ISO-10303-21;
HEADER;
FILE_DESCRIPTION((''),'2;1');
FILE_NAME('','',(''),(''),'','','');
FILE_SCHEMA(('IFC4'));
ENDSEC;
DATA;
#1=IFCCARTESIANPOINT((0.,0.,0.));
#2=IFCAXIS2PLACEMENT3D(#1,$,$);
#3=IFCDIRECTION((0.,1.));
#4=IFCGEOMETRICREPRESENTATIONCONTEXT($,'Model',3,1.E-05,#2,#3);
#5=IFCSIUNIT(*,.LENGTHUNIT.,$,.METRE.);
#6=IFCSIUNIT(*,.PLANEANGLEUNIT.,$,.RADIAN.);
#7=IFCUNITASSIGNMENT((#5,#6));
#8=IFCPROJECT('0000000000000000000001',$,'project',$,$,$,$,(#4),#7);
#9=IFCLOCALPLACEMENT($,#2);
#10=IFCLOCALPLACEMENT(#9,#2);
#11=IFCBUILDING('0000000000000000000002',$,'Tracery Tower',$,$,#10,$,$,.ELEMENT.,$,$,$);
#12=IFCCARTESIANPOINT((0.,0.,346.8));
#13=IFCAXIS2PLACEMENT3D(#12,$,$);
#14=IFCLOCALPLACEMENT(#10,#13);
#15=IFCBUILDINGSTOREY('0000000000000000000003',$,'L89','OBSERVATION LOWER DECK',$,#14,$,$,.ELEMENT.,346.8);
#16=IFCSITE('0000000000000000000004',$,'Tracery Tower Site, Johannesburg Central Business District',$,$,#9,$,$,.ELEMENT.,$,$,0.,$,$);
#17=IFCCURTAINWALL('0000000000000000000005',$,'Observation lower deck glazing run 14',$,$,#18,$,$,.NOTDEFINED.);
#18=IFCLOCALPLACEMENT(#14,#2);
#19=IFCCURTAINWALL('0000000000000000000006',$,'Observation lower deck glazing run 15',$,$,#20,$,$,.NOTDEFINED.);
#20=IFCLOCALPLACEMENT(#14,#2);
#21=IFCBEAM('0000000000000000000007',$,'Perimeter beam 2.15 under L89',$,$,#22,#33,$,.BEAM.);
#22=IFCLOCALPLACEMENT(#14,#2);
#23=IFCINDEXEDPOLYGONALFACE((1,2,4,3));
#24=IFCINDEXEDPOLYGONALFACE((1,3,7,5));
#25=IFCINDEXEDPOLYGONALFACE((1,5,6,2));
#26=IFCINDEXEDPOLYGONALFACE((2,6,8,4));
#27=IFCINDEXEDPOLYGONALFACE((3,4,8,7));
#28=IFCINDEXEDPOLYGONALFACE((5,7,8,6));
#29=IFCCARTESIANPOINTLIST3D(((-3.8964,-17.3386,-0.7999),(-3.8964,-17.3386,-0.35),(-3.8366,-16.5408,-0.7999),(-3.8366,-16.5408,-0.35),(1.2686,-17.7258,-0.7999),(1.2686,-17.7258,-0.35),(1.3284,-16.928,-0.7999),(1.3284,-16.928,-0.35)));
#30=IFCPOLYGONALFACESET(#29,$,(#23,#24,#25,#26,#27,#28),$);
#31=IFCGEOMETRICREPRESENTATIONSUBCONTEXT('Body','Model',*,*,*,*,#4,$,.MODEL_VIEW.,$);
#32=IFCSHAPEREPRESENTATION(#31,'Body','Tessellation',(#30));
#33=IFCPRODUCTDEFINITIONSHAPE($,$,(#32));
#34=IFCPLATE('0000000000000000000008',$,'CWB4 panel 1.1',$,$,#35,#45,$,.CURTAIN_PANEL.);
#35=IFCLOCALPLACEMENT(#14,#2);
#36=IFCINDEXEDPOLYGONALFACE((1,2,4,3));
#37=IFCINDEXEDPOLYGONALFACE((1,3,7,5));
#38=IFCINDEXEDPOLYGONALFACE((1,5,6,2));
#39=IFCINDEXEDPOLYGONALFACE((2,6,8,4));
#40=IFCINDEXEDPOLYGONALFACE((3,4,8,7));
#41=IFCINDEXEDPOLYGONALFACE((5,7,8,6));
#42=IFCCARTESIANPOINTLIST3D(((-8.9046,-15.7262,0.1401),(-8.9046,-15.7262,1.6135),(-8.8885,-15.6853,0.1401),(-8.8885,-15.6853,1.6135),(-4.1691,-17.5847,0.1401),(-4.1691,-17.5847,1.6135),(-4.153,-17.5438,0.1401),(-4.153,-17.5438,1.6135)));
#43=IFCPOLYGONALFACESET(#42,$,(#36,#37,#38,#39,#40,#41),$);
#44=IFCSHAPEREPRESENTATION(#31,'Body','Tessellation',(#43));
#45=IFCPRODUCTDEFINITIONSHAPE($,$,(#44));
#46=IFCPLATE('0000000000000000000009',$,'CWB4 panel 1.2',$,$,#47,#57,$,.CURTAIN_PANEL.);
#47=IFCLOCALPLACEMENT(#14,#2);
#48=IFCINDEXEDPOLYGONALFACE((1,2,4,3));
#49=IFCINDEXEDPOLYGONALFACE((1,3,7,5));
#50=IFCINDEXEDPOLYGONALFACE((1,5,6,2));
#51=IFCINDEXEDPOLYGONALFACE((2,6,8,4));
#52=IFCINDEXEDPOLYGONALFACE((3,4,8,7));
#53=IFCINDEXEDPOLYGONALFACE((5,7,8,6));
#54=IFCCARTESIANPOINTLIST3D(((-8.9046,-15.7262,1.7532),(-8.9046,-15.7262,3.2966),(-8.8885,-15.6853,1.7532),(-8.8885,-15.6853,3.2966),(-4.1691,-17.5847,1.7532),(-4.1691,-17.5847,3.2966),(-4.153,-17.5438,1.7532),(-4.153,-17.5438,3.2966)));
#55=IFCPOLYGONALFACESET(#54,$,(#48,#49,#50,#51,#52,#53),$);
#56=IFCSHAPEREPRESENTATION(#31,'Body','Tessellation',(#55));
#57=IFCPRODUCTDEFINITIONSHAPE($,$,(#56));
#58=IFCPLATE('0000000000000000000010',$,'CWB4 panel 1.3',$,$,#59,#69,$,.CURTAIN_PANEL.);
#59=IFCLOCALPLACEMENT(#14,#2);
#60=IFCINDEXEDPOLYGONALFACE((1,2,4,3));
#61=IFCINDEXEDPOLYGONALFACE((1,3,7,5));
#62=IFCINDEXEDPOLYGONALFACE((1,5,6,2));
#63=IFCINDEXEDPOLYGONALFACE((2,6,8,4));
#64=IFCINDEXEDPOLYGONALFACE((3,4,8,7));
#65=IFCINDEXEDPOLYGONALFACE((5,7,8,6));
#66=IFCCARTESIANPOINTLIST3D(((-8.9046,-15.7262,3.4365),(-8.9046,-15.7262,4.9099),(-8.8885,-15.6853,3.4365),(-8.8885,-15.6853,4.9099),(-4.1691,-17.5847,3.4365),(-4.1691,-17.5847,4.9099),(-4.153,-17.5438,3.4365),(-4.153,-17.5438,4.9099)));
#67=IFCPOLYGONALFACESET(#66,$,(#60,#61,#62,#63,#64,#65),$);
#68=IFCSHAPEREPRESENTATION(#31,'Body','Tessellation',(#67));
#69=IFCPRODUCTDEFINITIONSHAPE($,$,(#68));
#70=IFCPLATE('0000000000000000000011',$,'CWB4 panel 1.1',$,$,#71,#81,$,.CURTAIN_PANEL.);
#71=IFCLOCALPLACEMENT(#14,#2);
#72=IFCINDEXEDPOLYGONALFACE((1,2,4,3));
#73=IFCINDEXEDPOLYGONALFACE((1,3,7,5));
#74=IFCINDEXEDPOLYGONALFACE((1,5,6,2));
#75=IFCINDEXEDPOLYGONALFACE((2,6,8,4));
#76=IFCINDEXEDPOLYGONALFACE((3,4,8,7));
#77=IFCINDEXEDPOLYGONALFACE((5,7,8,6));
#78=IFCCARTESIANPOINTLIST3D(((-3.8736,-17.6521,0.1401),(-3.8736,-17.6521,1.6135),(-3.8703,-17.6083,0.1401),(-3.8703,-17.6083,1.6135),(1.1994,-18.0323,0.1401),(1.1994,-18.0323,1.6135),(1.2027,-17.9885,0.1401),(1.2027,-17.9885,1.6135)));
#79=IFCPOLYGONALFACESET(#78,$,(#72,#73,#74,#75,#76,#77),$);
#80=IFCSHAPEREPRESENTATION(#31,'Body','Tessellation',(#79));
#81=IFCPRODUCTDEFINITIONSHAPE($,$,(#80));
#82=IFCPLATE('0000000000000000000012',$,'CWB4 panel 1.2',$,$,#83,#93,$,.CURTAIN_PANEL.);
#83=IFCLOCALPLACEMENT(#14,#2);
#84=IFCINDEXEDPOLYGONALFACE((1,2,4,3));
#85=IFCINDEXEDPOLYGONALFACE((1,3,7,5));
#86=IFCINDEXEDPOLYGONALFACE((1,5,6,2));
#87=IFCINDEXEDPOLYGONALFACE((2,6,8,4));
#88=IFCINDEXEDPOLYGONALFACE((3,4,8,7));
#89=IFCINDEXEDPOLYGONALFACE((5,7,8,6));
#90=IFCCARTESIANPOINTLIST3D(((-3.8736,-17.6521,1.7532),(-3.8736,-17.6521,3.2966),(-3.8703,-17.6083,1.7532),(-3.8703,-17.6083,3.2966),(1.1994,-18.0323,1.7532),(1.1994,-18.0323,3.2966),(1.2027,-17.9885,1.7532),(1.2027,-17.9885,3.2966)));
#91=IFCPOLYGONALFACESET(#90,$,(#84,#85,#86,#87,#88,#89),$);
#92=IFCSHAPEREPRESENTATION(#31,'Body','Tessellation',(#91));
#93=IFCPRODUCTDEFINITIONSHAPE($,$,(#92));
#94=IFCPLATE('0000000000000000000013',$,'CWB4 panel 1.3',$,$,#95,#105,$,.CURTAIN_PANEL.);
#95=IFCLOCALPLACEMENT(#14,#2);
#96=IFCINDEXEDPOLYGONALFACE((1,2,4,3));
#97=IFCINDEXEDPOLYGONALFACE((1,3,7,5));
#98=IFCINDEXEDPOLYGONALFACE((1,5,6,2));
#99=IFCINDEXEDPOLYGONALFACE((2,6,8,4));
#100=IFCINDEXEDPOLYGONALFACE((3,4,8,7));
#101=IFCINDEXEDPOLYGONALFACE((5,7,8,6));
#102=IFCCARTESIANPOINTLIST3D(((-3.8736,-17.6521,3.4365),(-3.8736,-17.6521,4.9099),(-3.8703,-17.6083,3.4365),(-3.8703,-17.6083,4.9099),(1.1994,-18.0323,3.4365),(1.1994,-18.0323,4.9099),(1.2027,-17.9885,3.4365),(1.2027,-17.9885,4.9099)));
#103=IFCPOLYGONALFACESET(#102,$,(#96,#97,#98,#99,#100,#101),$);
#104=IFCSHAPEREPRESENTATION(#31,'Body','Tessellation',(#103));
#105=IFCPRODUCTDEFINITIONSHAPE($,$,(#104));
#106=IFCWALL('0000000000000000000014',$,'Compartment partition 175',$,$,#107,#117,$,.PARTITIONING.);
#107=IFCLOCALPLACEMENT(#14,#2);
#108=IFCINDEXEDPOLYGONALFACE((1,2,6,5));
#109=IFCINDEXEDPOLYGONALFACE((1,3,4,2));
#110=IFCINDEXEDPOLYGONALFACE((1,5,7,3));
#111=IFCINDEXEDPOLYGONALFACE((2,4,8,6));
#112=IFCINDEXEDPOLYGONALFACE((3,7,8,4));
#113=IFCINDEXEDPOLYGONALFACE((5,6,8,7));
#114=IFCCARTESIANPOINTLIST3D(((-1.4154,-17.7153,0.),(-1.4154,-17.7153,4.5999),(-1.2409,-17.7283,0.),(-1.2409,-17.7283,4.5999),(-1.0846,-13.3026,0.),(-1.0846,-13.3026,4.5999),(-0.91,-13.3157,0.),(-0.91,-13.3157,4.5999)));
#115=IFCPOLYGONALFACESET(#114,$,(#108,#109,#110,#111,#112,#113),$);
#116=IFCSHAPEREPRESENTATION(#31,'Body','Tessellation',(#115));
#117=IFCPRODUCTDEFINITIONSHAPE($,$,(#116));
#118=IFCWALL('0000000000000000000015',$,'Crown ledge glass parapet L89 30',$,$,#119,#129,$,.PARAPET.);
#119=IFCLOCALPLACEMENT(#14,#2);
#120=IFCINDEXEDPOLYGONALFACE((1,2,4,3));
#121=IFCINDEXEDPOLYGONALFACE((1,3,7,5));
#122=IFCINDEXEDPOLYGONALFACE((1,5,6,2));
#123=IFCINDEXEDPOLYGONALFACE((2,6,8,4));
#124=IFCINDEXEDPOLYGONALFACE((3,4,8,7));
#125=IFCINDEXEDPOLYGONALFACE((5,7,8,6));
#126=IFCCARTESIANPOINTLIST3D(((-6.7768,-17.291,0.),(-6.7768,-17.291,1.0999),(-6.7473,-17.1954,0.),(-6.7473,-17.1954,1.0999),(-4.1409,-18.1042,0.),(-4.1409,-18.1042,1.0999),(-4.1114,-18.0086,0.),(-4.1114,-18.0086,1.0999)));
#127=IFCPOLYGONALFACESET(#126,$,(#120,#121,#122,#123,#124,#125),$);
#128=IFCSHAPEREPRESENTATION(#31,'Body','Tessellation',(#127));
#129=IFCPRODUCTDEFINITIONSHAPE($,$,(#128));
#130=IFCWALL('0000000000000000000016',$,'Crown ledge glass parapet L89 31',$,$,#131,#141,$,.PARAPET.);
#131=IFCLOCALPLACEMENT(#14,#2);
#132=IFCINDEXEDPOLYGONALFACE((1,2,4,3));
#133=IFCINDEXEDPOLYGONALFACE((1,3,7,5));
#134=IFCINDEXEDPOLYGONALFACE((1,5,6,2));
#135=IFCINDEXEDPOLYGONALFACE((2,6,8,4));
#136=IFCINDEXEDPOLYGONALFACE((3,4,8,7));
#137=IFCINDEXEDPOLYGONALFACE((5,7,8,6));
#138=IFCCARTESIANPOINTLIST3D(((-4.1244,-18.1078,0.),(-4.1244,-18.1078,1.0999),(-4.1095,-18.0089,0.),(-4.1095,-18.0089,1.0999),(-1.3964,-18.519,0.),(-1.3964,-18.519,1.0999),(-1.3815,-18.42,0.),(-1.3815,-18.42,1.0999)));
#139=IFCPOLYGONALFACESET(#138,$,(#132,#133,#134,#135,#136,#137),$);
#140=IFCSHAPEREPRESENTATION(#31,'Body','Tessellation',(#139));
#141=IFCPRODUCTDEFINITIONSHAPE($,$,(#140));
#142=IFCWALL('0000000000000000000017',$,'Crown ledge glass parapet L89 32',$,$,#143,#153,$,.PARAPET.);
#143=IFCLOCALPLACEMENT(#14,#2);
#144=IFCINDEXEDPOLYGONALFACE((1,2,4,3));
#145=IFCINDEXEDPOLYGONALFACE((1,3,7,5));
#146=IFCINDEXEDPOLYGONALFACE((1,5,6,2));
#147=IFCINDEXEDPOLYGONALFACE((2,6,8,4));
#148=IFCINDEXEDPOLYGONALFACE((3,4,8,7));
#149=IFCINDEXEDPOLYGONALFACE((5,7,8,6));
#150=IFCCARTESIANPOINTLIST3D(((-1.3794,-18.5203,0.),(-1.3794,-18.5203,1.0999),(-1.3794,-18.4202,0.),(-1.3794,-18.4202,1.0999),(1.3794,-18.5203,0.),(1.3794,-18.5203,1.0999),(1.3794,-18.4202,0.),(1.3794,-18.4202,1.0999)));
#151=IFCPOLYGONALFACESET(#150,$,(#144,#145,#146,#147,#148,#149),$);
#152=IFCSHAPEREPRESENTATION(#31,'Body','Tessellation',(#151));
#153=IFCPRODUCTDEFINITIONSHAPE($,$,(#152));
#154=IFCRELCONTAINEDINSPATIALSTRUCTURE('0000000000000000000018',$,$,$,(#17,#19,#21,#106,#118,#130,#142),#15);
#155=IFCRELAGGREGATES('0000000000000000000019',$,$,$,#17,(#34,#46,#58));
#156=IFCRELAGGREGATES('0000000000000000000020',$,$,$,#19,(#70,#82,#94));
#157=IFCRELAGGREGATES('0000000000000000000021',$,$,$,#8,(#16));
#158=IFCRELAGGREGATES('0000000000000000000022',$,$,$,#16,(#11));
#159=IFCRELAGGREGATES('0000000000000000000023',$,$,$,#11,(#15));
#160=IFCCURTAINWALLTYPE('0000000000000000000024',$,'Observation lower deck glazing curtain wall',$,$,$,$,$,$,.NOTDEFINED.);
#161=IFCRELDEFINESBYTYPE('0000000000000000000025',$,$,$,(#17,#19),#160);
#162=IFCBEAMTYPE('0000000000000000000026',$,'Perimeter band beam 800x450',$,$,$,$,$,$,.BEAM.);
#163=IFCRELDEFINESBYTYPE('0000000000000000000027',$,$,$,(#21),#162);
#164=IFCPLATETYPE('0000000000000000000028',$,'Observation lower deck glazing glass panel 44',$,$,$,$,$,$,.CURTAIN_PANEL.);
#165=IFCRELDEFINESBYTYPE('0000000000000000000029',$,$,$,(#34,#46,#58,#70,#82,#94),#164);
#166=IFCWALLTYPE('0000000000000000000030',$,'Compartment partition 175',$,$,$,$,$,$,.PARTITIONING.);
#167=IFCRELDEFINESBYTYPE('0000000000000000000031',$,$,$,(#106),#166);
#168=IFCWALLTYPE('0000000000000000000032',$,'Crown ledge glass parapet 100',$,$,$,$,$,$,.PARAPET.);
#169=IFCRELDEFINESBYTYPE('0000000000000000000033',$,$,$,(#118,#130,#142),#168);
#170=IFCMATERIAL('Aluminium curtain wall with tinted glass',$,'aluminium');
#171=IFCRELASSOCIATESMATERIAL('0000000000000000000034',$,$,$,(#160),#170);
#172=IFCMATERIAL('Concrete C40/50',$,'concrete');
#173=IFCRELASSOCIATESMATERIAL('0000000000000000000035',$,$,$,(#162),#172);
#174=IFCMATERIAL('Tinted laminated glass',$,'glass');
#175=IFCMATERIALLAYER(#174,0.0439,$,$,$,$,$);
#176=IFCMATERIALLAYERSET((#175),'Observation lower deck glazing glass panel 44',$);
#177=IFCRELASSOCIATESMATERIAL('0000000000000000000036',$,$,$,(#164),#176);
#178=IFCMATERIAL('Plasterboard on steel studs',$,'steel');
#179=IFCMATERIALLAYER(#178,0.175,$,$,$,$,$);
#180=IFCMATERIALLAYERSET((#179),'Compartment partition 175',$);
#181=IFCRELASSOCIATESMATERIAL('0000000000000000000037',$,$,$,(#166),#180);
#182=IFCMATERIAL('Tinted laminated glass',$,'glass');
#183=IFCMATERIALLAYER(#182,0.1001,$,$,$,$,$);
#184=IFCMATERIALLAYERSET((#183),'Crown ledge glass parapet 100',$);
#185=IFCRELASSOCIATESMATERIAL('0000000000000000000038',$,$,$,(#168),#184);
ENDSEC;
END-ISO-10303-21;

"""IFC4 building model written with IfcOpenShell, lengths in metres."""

from ifc_helpers import new_model, si_unit, direction, frame, frame_2d, origin, origin_2d, place, context, subcontext, project, spatial, rectangle, extrude, material, layer, layer_set, material_profile, profile_set, type_object, element, aggregate, save


model = new_model("IFC4")

# Units and contexts
model_context = context("Model", 3, precision=1e-05, world=origin(), true_north=direction((0.0, 1.0)))
body_context = subcontext(model_context, "Body", "Model", "MODEL_VIEW")
ifc_project = project(units=[si_unit("LENGTHUNIT", "METRE"), si_unit("PLANEANGLEUNIT", "RADIAN")], contexts=[model_context])

# Site, building, storey
site_placement = place(None, origin())
site = spatial("IfcSite", under=ifc_project, at=site_placement, Name="Tracery Tower Site, Johannesburg Central Business District", CompositionType="ELEMENT", RefElevation=0.0)
building_placement = place(site_placement, origin())
building = spatial("IfcBuilding", under=site, at=building_placement, Name="Tracery Tower", CompositionType="ELEMENT")
storey_placement = place(building_placement, frame((0.0, 0.0, 346.8)))
storey = spatial("IfcBuildingStorey", under=building, at=storey_placement, Name="L89", Description="OBSERVATION LOWER DECK", CompositionType="ELEMENT", Elevation=346.8)

# Curtain wall
ifc_material_1 = material(Name="Aluminium curtain wall with tinted glass", Category="aluminium")
curtain_wall_type = type_object("IfcCurtainWallType", Name="Observation lower deck glazing curtain wall", PredefinedType="NOTDEFINED", material=ifc_material_1)
curtain_wall_1_placement = place(storey_placement, origin())
curtain_wall_1 = element("IfcCurtainWall", 1, at=curtain_wall_1_placement, inside=storey, type_object=curtain_wall_type, Name="Observation lower deck glazing run 14", PredefinedType="NOTDEFINED")

# Curtain wall
curtain_wall_2_placement = place(storey_placement, origin())
curtain_wall_2 = element("IfcCurtainWall", 2, at=curtain_wall_2_placement, inside=storey, type_object=curtain_wall_type, Name="Observation lower deck glazing run 15", PredefinedType="NOTDEFINED")

# Beam
ifc_material_2 = material(Name="Concrete C40/50", Category="concrete")
ifc_material_profile_1 = material_profile(ifc_material_2, rectangle(XDim=0.8, YDim=0.45, at=origin_2d()), Name="RC 800x450")
ifc_profile_set_1 = profile_set([ifc_material_profile_1], Name="Concrete C40/50")
beam_type = type_object("IfcBeamType", Name="Perimeter band beam 800x450", PredefinedType="BEAM", material=ifc_profile_set_1)
beam_placement = place(storey_placement, frame((-3.8665, -16.9397, -0.575), z_axis=(0.997202, -0.074757, 0.0), x_axis=(0.074757, 0.997202, 0.0)))
element("IfcBeam", 3, at=beam_placement, inside=storey, type_object=beam_type, Name="Perimeter beam 2.15 under L89", PredefinedType="BEAM", context=body_context, shape_type="SweptSolid", body=[
    extrude(rectangle(XDim=0.8, YDim=0.45, at=origin_2d()), origin(), (0.0, 0.0, 1.0), 5.1794),
])

# Plates
ifc_material_3 = material(Name="Tinted laminated glass", Category="glass")
ifc_layer_1 = layer(ifc_material_3, 0.0439)
ifc_layer_set_1 = layer_set([ifc_layer_1], Name="Observation lower deck glazing glass panel 44")
plate_type = type_object("IfcPlateType", Name="Observation lower deck glazing glass panel 44", PredefinedType="CURTAIN_PANEL", material=ifc_layer_set_1)
plate_1_placement = place(storey_placement, frame((-6.5288, -16.635, 0.1401), z_axis=(0.0, 0.0, 1.0), x_axis=(0.930873, -0.365343, 0.0)))
plate_1 = element("IfcPlate", 4, at=plate_1_placement, type_object=plate_type, Name="CWB4 panel 1.1", PredefinedType="CURTAIN_PANEL", context=body_context, shape_type="SweptSolid", body=[
    extrude(rectangle(XDim=5.0872, YDim=0.0439, at=origin_2d()), origin(), (0.0, 0.0, 1.0), 1.4734),
])
plate_2_placement = place(storey_placement, frame((-6.5288, -16.635, 1.7532), z_axis=(0.0, 0.0, 1.0), x_axis=(0.930873, -0.365343, 0.0)))
plate_2 = element("IfcPlate", 5, at=plate_2_placement, type_object=plate_type, Name="CWB4 panel 1.2", PredefinedType="CURTAIN_PANEL", context=body_context, shape_type="SweptSolid", body=[
    extrude(rectangle(XDim=5.0872, YDim=0.0439, at=origin_2d()), origin(), (0.0, 0.0, 1.0), 1.5435),
])
plate_3_placement = place(storey_placement, frame((-6.5288, -16.635, 3.4365), z_axis=(0.0, 0.0, 1.0), x_axis=(0.930873, -0.365343, 0.0)))
plate_3 = element("IfcPlate", 6, at=plate_3_placement, type_object=plate_type, Name="CWB4 panel 1.3", PredefinedType="CURTAIN_PANEL", context=body_context, shape_type="SweptSolid", body=[
    extrude(rectangle(XDim=5.0872, YDim=0.0439, at=origin_2d()), origin(), (0.0, 0.0, 1.0), 1.4734),
])
aggregate(curtain_wall_1, [plate_1, plate_2, plate_3])
plate_4_placement = place(storey_placement, frame((-1.3354, -17.8203, 0.1401), z_axis=(0.0, 0.0, 1.0), x_axis=(0.997204, -0.074731, 0.0)))
plate_4 = element("IfcPlate", 7, at=plate_4_placement, type_object=plate_type, Name="CWB4 panel 1.1", PredefinedType="CURTAIN_PANEL", context=body_context, shape_type="SweptSolid", body=[
    extrude(rectangle(XDim=5.0872, YDim=0.0439, at=origin_2d()), origin(), (0.0, 0.0, 1.0), 1.4734),
])
plate_5_placement = place(storey_placement, frame((-1.3354, -17.8203, 1.7532), z_axis=(0.0, 0.0, 1.0), x_axis=(0.997204, -0.074731, 0.0)))
plate_5 = element("IfcPlate", 8, at=plate_5_placement, type_object=plate_type, Name="CWB4 panel 1.2", PredefinedType="CURTAIN_PANEL", context=body_context, shape_type="SweptSolid", body=[
    extrude(rectangle(XDim=5.0872, YDim=0.0439, at=origin_2d()), origin(), (0.0, 0.0, 1.0), 1.5435),
])
plate_6_placement = place(storey_placement, frame((-1.3354, -17.8203, 3.4365), z_axis=(0.0, 0.0, 1.0), x_axis=(0.997204, -0.074731, 0.0)))
plate_6 = element("IfcPlate", 9, at=plate_6_placement, type_object=plate_type, Name="CWB4 panel 1.3", PredefinedType="CURTAIN_PANEL", context=body_context, shape_type="SweptSolid", body=[
    extrude(rectangle(XDim=5.0872, YDim=0.0439, at=origin_2d()), origin(), (0.0, 0.0, 1.0), 1.4734),
])
aggregate(curtain_wall_2, [plate_4, plate_5, plate_6])

# Walls
ifc_material_4 = material(Name="Plasterboard on steel studs", Category="steel")
ifc_layer_2 = layer(ifc_material_4, 0.175)
ifc_layer_set_2 = layer_set([ifc_layer_2], Name="Compartment partition 175")
wall_type_1 = type_object("IfcWallType", Name="Compartment partition 175", PredefinedType="PARTITIONING", material=ifc_layer_set_2)
wall_1_placement = place(storey_placement, frame((-1.3281, -17.7217, 0.0), z_axis=(0.0, 0.0, 1.0), x_axis=(0.07476, 0.997202, 0.0)))
element("IfcWall", 10, at=wall_1_placement, inside=storey, type_object=wall_type_1, Name="Compartment partition 175", PredefinedType="PARTITIONING", context=body_context, shape_type="SweptSolid", body=[
    extrude(rectangle(XDim=4.425, YDim=0.175, at=frame_2d((2.2124, 0.0))), origin(), (0.0, 0.0, 1.0), 4.5999),
])
ifc_material_5 = material(Name="Tinted laminated glass", Category="glass")
ifc_layer_3 = layer(ifc_material_5, 0.1001)
ifc_layer_set_3 = layer_set([ifc_layer_3], Name="Crown ledge glass parapet 100")
wall_type_2 = type_object("IfcWallType", Name="Crown ledge glass parapet 100", PredefinedType="PARAPET", material=ifc_layer_set_3)
wall_2_placement = place(storey_placement, frame((-6.7622, -17.2432, 0.0), z_axis=(0.0, 0.0, 1.0), x_axis=(0.955559, -0.294801, 0.0)))
element("IfcWall", 11, at=wall_2_placement, inside=storey, type_object=wall_type_2, Name="Crown ledge glass parapet L89 30", PredefinedType="PARAPET", context=body_context, shape_type="SweptSolid", body=[
    extrude(rectangle(XDim=2.7585, YDim=0.1001, at=frame_2d((1.3794, 0.0))), origin(), (0.0, 0.0, 1.0), 1.0999),
])
for number, where, z_axis, x_axis, name in (
    (12, (-4.1169, -18.0583, 0.0), (0.0, 0.0, 1.0), (0.988834, -0.149024, 0.0), "Crown ledge glass parapet L89 31"),
    (13, (-1.3794, -18.4702, 0.0), (0.0, 0.0, 1.0), (1.0, 0.0, 0.0), "Crown ledge glass parapet L89 32"),
):
    element("IfcWall", number, at=place(storey_placement, frame(where, z_axis=z_axis, x_axis=x_axis)), inside=storey, type_object=wall_type_2, Name=name, PredefinedType="PARAPET", context=body_context, shape_type="SweptSolid", body=[
        extrude(rectangle(XDim=2.7588, YDim=0.1001, at=frame_2d((1.3794, 0.0))), origin(), (0.0, 0.0, 1.0), 1.0999),
    ])

save(model, "model.ifc")
